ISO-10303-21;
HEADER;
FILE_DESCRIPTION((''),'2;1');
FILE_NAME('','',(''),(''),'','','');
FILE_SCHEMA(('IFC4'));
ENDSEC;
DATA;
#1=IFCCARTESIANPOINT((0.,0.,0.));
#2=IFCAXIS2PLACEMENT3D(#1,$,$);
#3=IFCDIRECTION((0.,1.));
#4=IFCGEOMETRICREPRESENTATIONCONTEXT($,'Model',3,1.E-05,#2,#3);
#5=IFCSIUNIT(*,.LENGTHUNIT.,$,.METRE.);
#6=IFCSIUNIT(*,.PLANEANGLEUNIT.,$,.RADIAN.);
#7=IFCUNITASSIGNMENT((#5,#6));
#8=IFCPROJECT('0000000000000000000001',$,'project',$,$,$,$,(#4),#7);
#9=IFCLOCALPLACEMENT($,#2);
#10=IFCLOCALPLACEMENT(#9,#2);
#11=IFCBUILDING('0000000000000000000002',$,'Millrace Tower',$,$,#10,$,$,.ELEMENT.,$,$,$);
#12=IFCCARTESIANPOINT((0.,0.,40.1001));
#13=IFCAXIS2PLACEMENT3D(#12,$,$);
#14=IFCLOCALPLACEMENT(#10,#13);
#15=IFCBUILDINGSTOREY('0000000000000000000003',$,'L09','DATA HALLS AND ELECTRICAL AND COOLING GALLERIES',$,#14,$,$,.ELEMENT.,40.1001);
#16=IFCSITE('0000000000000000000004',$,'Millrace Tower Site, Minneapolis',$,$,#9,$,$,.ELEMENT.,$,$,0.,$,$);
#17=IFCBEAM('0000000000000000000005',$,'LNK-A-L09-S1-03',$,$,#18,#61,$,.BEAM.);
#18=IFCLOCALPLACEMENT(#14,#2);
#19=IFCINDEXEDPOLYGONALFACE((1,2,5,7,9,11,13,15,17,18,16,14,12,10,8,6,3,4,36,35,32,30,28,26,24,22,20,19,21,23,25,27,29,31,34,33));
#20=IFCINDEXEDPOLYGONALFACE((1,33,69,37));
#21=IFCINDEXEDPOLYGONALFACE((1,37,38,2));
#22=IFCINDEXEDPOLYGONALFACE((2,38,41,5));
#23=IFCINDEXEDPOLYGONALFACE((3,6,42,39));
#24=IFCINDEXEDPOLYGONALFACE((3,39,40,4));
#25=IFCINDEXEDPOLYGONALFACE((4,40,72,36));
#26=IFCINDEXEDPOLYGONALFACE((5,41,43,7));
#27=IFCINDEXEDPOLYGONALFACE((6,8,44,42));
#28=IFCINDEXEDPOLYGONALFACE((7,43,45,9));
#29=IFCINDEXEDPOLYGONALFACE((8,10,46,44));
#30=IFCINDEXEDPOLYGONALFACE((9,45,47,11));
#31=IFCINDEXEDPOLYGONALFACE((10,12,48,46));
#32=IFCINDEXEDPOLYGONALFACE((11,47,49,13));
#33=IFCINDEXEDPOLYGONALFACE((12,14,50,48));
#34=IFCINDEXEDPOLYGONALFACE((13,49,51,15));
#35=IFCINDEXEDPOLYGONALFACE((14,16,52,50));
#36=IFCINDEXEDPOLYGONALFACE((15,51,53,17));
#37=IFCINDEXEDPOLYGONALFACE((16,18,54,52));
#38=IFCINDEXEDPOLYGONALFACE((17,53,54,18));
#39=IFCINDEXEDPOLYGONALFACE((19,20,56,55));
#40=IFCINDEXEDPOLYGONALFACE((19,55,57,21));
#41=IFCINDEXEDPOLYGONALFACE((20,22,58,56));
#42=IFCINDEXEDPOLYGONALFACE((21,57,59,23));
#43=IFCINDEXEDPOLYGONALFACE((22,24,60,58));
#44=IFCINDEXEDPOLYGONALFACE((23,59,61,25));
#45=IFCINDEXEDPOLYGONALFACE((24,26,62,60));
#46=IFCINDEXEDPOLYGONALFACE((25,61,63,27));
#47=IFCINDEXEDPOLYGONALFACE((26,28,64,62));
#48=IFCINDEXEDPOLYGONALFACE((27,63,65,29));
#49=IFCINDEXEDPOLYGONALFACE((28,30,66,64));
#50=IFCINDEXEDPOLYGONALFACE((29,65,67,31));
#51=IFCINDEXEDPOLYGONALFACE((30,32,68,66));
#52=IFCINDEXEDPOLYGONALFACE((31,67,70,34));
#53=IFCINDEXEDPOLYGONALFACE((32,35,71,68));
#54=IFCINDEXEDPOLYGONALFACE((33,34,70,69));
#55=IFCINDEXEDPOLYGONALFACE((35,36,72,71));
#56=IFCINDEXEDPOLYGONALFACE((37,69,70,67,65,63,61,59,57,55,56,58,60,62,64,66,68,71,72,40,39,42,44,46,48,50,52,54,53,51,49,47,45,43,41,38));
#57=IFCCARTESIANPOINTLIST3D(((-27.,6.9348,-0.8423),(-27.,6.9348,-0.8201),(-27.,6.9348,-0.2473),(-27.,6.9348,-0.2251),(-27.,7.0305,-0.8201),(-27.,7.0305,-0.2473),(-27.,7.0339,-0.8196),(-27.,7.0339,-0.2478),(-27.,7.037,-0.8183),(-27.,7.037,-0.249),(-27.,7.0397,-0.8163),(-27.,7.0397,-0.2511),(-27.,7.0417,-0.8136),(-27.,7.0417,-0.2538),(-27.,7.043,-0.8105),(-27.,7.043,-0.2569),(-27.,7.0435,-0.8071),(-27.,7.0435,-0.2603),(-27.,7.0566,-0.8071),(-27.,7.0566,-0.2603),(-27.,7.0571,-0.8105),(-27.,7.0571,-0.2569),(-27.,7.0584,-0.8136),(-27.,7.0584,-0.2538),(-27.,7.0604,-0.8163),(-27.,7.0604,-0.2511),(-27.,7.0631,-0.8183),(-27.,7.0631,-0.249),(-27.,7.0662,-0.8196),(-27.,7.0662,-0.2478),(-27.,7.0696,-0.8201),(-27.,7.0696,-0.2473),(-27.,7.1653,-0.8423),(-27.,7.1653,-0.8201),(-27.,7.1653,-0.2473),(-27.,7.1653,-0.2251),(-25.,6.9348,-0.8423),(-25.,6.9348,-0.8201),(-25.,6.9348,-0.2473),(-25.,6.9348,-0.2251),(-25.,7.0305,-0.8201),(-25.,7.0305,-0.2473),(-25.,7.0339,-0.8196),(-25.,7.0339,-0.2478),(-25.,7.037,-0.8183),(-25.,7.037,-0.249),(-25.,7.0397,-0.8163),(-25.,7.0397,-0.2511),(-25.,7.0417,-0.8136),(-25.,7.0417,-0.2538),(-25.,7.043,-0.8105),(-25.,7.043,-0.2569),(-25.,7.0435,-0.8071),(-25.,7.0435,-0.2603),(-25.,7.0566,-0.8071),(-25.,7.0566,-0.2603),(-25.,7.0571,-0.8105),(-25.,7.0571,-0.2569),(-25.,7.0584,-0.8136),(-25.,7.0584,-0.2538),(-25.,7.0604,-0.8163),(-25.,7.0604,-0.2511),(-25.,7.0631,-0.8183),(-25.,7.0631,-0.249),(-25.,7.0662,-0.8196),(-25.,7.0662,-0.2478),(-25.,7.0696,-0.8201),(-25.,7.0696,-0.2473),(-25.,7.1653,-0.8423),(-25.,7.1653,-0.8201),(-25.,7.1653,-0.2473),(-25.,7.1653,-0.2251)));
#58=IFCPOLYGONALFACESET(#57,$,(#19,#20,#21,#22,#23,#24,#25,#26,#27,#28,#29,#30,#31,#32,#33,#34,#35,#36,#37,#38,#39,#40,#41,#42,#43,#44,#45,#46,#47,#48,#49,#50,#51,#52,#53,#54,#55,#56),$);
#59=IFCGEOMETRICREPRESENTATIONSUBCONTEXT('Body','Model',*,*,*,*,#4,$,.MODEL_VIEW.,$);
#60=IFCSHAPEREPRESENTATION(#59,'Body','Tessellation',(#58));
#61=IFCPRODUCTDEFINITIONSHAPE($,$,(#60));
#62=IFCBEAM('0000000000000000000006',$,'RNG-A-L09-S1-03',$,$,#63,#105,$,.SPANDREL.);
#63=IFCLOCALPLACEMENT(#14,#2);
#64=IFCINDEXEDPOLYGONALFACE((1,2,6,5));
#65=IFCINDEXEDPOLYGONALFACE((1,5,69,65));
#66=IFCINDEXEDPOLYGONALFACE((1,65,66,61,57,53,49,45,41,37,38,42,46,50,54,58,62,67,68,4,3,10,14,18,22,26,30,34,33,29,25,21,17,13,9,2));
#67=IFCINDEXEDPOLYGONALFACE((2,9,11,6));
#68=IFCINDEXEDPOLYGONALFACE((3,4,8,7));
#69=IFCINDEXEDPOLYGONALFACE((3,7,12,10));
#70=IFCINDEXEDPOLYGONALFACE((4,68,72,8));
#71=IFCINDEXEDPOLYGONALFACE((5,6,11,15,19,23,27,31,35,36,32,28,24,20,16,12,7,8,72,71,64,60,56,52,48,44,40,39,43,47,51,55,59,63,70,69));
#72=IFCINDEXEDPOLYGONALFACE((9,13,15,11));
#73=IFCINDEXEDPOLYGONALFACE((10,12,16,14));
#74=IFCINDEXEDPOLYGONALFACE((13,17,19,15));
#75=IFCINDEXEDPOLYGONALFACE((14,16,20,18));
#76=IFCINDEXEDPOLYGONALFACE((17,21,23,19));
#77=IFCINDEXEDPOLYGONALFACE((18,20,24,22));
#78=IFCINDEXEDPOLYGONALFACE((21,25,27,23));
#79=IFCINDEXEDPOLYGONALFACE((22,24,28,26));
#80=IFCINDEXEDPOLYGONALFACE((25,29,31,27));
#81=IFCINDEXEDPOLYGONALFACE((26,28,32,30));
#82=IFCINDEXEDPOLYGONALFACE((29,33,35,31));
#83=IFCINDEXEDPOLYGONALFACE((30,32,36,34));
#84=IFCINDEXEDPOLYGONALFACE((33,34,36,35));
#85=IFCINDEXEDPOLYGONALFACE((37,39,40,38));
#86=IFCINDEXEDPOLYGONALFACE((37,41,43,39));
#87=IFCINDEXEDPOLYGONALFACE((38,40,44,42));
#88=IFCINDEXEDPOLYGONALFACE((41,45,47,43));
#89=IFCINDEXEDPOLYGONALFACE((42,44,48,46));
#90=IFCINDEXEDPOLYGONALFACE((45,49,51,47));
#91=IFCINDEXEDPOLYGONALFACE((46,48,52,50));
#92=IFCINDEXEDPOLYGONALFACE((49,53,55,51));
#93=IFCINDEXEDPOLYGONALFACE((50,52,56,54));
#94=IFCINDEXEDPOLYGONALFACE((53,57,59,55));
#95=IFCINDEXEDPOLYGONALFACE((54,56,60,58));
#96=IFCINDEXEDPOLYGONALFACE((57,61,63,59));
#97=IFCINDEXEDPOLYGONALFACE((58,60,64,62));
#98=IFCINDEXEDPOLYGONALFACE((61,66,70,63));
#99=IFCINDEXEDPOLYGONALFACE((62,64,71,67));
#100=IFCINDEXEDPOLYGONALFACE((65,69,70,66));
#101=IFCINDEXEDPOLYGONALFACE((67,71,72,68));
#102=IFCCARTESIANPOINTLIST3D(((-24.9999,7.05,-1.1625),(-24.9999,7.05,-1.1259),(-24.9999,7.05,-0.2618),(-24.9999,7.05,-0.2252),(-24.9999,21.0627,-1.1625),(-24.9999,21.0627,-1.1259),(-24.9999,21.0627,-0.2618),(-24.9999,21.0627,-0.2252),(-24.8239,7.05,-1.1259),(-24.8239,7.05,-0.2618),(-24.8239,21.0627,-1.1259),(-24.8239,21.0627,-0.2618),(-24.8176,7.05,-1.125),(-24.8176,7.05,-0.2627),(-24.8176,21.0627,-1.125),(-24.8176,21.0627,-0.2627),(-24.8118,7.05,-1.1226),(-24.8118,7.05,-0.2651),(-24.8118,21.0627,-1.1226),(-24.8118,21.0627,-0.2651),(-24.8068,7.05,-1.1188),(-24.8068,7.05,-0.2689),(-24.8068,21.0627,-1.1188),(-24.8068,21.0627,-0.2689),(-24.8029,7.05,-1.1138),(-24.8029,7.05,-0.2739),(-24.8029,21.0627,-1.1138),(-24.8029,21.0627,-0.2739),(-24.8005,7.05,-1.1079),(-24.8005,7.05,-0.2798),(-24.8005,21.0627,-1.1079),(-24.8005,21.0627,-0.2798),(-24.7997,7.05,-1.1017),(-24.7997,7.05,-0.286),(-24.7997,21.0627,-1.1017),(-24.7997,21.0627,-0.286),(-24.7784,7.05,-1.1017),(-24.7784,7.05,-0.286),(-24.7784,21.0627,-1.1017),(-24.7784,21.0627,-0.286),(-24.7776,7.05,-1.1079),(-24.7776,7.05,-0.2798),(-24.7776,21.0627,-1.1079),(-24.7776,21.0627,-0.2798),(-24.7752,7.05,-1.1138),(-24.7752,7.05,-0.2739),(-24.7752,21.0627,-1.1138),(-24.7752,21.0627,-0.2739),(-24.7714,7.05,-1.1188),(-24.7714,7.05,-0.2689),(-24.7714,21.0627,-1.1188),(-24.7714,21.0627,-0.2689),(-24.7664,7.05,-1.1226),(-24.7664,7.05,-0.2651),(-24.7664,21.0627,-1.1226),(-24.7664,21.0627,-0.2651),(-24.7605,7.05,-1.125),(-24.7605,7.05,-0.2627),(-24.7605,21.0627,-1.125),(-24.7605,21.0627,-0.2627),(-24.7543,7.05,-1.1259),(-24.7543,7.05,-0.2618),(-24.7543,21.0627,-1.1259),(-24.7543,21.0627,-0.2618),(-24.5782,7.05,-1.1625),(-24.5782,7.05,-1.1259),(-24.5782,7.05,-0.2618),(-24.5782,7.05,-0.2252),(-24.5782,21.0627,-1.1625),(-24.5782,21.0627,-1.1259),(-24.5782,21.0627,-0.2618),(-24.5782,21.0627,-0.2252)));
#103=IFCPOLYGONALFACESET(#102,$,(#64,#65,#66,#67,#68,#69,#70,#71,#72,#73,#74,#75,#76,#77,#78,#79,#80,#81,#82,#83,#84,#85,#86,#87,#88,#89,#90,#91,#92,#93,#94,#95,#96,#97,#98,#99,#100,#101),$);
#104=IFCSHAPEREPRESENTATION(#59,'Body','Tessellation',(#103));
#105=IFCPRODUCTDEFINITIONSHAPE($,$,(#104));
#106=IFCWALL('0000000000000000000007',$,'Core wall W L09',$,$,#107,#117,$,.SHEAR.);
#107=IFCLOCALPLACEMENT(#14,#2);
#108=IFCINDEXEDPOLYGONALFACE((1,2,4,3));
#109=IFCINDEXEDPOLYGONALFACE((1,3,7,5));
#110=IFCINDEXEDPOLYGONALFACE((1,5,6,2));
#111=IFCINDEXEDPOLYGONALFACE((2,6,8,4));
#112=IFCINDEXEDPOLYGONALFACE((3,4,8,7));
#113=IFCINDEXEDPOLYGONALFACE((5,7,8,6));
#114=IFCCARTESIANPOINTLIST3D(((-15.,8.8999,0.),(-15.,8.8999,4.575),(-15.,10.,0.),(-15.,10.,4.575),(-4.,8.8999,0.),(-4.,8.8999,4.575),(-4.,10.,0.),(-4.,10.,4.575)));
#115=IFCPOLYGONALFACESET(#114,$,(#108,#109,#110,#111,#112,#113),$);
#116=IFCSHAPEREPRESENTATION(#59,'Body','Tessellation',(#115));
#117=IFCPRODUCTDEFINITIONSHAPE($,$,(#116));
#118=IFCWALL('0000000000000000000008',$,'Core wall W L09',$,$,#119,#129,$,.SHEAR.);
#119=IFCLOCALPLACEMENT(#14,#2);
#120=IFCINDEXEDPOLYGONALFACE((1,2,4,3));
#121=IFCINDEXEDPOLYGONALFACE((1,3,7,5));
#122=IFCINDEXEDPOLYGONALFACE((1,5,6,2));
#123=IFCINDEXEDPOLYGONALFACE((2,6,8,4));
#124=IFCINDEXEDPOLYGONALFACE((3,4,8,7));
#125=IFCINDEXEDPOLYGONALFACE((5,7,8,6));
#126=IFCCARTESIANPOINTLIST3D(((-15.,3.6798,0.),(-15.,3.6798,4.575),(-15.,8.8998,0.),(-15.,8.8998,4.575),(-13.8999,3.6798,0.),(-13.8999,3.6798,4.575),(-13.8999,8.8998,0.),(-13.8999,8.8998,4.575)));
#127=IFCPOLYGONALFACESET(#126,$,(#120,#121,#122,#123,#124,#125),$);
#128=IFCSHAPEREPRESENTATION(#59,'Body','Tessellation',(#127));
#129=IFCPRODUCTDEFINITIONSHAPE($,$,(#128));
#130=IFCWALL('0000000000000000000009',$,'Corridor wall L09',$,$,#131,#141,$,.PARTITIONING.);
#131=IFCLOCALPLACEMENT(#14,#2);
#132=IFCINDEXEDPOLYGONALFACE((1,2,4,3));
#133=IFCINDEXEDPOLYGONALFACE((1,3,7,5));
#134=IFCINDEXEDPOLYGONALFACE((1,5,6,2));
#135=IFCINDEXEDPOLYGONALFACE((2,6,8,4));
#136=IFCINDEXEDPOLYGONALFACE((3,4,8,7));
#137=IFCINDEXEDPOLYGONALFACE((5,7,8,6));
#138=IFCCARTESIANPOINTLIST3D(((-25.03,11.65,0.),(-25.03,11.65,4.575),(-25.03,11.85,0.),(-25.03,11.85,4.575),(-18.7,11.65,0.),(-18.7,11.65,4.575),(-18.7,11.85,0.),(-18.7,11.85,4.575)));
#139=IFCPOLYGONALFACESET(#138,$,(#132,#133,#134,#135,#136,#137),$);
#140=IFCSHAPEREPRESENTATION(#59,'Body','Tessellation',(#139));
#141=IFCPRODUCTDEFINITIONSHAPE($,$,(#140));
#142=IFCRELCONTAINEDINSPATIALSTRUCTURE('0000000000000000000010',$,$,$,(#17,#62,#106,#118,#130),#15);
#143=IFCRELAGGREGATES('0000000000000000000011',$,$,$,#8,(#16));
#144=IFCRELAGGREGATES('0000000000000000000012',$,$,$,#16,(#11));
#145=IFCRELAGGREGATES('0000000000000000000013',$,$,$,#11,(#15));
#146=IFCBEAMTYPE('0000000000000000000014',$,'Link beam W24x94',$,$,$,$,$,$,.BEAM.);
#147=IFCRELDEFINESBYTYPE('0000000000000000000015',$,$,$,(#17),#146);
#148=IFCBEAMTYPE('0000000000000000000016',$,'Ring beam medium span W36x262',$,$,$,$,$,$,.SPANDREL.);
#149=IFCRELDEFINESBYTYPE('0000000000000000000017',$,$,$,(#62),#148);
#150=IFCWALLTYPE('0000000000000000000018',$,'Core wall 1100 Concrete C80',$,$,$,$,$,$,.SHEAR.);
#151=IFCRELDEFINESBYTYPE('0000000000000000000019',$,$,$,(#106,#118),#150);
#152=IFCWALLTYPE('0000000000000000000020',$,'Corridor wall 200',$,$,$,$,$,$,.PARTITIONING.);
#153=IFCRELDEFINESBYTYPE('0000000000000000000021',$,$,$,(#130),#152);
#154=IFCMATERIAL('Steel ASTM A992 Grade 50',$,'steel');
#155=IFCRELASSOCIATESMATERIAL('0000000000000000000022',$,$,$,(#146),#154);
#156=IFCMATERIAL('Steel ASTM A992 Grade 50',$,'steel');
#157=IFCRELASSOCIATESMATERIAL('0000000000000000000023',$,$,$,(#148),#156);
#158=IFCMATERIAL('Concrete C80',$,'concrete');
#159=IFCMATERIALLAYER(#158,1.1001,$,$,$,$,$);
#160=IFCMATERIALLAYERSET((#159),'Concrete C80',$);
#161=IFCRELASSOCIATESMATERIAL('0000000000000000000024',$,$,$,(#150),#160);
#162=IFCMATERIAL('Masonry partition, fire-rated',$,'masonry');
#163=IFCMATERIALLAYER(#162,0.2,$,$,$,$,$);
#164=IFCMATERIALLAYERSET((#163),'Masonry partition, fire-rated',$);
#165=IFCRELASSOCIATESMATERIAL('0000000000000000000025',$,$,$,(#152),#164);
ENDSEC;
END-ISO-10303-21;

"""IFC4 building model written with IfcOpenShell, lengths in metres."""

from ifc_helpers import new_model, si_unit, direction, frame, frame_2d, origin, origin_2d, place, context, subcontext, project, spatial, rectangle, i_section, extrude, material, layer, layer_set, material_profile, profile_set, type_object, element, save


model = new_model("IFC4")

# Units and contexts
model_context = context("Model", 3, precision=1e-05, world=origin(), true_north=direction((0.0, 1.0)))
body_context = subcontext(model_context, "Body", "Model", "MODEL_VIEW")
ifc_project = project(units=[si_unit("LENGTHUNIT", "METRE"), si_unit("PLANEANGLEUNIT", "RADIAN")], contexts=[model_context])

# Site, building, storey
site_placement = place(None, origin())
site = spatial("IfcSite", under=ifc_project, at=site_placement, Name="Millrace Tower Site, Minneapolis", CompositionType="ELEMENT", RefElevation=0.0)
building_placement = place(site_placement, origin())
building = spatial("IfcBuilding", under=site, at=building_placement, Name="Millrace Tower", CompositionType="ELEMENT")
storey_placement = place(building_placement, frame((0.0, 0.0, 40.1001)))
storey = spatial("IfcBuildingStorey", under=building, at=storey_placement, Name="L09", Description="DATA HALLS AND ELECTRICAL AND COOLING GALLERIES", CompositionType="ELEMENT", Elevation=40.1001)

# Beams
ifc_material_1 = material(Name="Steel ASTM A992 Grade 50", Category="steel")
ifc_material_profile_1 = material_profile(ifc_material_1, i_section(OverallWidth=0.2305, OverallDepth=0.6172, WebThickness=0.0132, FlangeThickness=0.0222, FilletRadius=0.0129, at=origin_2d()))
ifc_profile_set_1 = profile_set([ifc_material_profile_1], Name="Steel ASTM A992 Grade 50")
beam_type_1 = type_object("IfcBeamType", Name="Link beam W24x94", PredefinedType="BEAM", material=ifc_profile_set_1)
beam_1_placement = place(storey_placement, frame((-25.0, 7.05, -0.5337), z_axis=(-1.0, 0.0, 0.0), x_axis=(0.0, -1.0, 0.0)))
element("IfcBeam", 1, at=beam_1_placement, inside=storey, type_object=beam_type_1, Name="LNK-A-L09-S1-03", PredefinedType="BEAM", context=body_context, shape_type="SweptSolid", body=[
    extrude(i_section(OverallWidth=0.2305, OverallDepth=0.6172, WebThickness=0.0132, FlangeThickness=0.0222, FilletRadius=0.0129, at=origin_2d()), origin(), (0.0, 0.0, 1.0), 2.0),
])
ifc_material_2 = material(Name="Steel ASTM A992 Grade 50", Category="steel")
ifc_material_profile_2 = material_profile(ifc_material_2, i_section(OverallWidth=0.4216, OverallDepth=0.9373, WebThickness=0.0212, FlangeThickness=0.0366, FilletRadius=0.0242, at=origin_2d()))
ifc_profile_set_2 = profile_set([ifc_material_profile_2], Name="Steel ASTM A992 Grade 50")
beam_type_2 = type_object("IfcBeamType", Name="Ring beam medium span W36x262", PredefinedType="SPANDREL", material=ifc_profile_set_2)
beam_2_placement = place(storey_placement, frame((-24.7891, 7.05, -0.6938), z_axis=(0.0, 1.0, 0.0), x_axis=(-1.0, 0.0, 0.0)))
element("IfcBeam", 2, at=beam_2_placement, inside=storey, type_object=beam_type_2, Name="RNG-A-L09-S1-03", PredefinedType="SPANDREL", context=body_context, shape_type="SweptSolid", body=[
    extrude(i_section(OverallWidth=0.4216, OverallDepth=0.9373, WebThickness=0.0212, FlangeThickness=0.0366, FilletRadius=0.0242, at=origin_2d()), origin(), (0.0, 0.0, 1.0), 14.0127),
])

# Walls
ifc_material_3 = material(Name="Concrete C80", Category="concrete")
ifc_layer_1 = layer(ifc_material_3, 1.1001)
ifc_layer_set_1 = layer_set([ifc_layer_1], Name="Concrete C80")
wall_type_1 = type_object("IfcWallType", Name="Core wall 1100 Concrete C80", PredefinedType="SHEAR", material=ifc_layer_set_1)
wall_1_placement = place(storey_placement, frame((-15.0, 9.45, 0.0), z_axis=(0.0, 0.0, 1.0), x_axis=(1.0, 0.0, 0.0)))
element("IfcWall", 3, at=wall_1_placement, inside=storey, type_object=wall_type_1, Name="Core wall W L09", PredefinedType="SHEAR", context=body_context, shape_type="SweptSolid", body=[
    extrude(rectangle(XDim=11.0, YDim=1.1001, at=frame_2d((5.5, 0.0))), origin(), (0.0, 0.0, 1.0), 4.575),
])
wall_2_placement = place(storey_placement, frame((-14.45, 3.6799, 0.0), z_axis=(0.0, 0.0, 1.0), x_axis=(0.0, 1.0, 0.0)))
element("IfcWall", 4, at=wall_2_placement, inside=storey, type_object=wall_type_1, Name="Core wall W L09", PredefinedType="SHEAR", context=body_context, shape_type="SweptSolid", body=[
    extrude(rectangle(XDim=5.22, YDim=1.1001, at=frame_2d((2.6099, 0.0))), origin(), (0.0, 0.0, 1.0), 4.575),
])
ifc_material_4 = material(Name="Masonry partition, fire-rated", Category="masonry")
ifc_layer_2 = layer(ifc_material_4, 0.2)
ifc_layer_set_2 = layer_set([ifc_layer_2], Name="Masonry partition, fire-rated")
wall_type_2 = type_object("IfcWallType", Name="Corridor wall 200", PredefinedType="PARTITIONING", material=ifc_layer_set_2)
wall_3_placement = place(storey_placement, frame((-25.03, 11.75, 0.0), z_axis=(0.0, 0.0, 1.0), x_axis=(1.0, 0.0, 0.0)))
element("IfcWall", 5, at=wall_3_placement, inside=storey, type_object=wall_type_2, Name="Corridor wall L09", PredefinedType="PARTITIONING", context=body_context, shape_type="SweptSolid", body=[
    extrude(rectangle(XDim=6.3301, YDim=0.2, at=frame_2d((3.165, 0.0))), origin(), (0.0, 0.0, 1.0), 4.575),
])

save(model, "model.ifc")
